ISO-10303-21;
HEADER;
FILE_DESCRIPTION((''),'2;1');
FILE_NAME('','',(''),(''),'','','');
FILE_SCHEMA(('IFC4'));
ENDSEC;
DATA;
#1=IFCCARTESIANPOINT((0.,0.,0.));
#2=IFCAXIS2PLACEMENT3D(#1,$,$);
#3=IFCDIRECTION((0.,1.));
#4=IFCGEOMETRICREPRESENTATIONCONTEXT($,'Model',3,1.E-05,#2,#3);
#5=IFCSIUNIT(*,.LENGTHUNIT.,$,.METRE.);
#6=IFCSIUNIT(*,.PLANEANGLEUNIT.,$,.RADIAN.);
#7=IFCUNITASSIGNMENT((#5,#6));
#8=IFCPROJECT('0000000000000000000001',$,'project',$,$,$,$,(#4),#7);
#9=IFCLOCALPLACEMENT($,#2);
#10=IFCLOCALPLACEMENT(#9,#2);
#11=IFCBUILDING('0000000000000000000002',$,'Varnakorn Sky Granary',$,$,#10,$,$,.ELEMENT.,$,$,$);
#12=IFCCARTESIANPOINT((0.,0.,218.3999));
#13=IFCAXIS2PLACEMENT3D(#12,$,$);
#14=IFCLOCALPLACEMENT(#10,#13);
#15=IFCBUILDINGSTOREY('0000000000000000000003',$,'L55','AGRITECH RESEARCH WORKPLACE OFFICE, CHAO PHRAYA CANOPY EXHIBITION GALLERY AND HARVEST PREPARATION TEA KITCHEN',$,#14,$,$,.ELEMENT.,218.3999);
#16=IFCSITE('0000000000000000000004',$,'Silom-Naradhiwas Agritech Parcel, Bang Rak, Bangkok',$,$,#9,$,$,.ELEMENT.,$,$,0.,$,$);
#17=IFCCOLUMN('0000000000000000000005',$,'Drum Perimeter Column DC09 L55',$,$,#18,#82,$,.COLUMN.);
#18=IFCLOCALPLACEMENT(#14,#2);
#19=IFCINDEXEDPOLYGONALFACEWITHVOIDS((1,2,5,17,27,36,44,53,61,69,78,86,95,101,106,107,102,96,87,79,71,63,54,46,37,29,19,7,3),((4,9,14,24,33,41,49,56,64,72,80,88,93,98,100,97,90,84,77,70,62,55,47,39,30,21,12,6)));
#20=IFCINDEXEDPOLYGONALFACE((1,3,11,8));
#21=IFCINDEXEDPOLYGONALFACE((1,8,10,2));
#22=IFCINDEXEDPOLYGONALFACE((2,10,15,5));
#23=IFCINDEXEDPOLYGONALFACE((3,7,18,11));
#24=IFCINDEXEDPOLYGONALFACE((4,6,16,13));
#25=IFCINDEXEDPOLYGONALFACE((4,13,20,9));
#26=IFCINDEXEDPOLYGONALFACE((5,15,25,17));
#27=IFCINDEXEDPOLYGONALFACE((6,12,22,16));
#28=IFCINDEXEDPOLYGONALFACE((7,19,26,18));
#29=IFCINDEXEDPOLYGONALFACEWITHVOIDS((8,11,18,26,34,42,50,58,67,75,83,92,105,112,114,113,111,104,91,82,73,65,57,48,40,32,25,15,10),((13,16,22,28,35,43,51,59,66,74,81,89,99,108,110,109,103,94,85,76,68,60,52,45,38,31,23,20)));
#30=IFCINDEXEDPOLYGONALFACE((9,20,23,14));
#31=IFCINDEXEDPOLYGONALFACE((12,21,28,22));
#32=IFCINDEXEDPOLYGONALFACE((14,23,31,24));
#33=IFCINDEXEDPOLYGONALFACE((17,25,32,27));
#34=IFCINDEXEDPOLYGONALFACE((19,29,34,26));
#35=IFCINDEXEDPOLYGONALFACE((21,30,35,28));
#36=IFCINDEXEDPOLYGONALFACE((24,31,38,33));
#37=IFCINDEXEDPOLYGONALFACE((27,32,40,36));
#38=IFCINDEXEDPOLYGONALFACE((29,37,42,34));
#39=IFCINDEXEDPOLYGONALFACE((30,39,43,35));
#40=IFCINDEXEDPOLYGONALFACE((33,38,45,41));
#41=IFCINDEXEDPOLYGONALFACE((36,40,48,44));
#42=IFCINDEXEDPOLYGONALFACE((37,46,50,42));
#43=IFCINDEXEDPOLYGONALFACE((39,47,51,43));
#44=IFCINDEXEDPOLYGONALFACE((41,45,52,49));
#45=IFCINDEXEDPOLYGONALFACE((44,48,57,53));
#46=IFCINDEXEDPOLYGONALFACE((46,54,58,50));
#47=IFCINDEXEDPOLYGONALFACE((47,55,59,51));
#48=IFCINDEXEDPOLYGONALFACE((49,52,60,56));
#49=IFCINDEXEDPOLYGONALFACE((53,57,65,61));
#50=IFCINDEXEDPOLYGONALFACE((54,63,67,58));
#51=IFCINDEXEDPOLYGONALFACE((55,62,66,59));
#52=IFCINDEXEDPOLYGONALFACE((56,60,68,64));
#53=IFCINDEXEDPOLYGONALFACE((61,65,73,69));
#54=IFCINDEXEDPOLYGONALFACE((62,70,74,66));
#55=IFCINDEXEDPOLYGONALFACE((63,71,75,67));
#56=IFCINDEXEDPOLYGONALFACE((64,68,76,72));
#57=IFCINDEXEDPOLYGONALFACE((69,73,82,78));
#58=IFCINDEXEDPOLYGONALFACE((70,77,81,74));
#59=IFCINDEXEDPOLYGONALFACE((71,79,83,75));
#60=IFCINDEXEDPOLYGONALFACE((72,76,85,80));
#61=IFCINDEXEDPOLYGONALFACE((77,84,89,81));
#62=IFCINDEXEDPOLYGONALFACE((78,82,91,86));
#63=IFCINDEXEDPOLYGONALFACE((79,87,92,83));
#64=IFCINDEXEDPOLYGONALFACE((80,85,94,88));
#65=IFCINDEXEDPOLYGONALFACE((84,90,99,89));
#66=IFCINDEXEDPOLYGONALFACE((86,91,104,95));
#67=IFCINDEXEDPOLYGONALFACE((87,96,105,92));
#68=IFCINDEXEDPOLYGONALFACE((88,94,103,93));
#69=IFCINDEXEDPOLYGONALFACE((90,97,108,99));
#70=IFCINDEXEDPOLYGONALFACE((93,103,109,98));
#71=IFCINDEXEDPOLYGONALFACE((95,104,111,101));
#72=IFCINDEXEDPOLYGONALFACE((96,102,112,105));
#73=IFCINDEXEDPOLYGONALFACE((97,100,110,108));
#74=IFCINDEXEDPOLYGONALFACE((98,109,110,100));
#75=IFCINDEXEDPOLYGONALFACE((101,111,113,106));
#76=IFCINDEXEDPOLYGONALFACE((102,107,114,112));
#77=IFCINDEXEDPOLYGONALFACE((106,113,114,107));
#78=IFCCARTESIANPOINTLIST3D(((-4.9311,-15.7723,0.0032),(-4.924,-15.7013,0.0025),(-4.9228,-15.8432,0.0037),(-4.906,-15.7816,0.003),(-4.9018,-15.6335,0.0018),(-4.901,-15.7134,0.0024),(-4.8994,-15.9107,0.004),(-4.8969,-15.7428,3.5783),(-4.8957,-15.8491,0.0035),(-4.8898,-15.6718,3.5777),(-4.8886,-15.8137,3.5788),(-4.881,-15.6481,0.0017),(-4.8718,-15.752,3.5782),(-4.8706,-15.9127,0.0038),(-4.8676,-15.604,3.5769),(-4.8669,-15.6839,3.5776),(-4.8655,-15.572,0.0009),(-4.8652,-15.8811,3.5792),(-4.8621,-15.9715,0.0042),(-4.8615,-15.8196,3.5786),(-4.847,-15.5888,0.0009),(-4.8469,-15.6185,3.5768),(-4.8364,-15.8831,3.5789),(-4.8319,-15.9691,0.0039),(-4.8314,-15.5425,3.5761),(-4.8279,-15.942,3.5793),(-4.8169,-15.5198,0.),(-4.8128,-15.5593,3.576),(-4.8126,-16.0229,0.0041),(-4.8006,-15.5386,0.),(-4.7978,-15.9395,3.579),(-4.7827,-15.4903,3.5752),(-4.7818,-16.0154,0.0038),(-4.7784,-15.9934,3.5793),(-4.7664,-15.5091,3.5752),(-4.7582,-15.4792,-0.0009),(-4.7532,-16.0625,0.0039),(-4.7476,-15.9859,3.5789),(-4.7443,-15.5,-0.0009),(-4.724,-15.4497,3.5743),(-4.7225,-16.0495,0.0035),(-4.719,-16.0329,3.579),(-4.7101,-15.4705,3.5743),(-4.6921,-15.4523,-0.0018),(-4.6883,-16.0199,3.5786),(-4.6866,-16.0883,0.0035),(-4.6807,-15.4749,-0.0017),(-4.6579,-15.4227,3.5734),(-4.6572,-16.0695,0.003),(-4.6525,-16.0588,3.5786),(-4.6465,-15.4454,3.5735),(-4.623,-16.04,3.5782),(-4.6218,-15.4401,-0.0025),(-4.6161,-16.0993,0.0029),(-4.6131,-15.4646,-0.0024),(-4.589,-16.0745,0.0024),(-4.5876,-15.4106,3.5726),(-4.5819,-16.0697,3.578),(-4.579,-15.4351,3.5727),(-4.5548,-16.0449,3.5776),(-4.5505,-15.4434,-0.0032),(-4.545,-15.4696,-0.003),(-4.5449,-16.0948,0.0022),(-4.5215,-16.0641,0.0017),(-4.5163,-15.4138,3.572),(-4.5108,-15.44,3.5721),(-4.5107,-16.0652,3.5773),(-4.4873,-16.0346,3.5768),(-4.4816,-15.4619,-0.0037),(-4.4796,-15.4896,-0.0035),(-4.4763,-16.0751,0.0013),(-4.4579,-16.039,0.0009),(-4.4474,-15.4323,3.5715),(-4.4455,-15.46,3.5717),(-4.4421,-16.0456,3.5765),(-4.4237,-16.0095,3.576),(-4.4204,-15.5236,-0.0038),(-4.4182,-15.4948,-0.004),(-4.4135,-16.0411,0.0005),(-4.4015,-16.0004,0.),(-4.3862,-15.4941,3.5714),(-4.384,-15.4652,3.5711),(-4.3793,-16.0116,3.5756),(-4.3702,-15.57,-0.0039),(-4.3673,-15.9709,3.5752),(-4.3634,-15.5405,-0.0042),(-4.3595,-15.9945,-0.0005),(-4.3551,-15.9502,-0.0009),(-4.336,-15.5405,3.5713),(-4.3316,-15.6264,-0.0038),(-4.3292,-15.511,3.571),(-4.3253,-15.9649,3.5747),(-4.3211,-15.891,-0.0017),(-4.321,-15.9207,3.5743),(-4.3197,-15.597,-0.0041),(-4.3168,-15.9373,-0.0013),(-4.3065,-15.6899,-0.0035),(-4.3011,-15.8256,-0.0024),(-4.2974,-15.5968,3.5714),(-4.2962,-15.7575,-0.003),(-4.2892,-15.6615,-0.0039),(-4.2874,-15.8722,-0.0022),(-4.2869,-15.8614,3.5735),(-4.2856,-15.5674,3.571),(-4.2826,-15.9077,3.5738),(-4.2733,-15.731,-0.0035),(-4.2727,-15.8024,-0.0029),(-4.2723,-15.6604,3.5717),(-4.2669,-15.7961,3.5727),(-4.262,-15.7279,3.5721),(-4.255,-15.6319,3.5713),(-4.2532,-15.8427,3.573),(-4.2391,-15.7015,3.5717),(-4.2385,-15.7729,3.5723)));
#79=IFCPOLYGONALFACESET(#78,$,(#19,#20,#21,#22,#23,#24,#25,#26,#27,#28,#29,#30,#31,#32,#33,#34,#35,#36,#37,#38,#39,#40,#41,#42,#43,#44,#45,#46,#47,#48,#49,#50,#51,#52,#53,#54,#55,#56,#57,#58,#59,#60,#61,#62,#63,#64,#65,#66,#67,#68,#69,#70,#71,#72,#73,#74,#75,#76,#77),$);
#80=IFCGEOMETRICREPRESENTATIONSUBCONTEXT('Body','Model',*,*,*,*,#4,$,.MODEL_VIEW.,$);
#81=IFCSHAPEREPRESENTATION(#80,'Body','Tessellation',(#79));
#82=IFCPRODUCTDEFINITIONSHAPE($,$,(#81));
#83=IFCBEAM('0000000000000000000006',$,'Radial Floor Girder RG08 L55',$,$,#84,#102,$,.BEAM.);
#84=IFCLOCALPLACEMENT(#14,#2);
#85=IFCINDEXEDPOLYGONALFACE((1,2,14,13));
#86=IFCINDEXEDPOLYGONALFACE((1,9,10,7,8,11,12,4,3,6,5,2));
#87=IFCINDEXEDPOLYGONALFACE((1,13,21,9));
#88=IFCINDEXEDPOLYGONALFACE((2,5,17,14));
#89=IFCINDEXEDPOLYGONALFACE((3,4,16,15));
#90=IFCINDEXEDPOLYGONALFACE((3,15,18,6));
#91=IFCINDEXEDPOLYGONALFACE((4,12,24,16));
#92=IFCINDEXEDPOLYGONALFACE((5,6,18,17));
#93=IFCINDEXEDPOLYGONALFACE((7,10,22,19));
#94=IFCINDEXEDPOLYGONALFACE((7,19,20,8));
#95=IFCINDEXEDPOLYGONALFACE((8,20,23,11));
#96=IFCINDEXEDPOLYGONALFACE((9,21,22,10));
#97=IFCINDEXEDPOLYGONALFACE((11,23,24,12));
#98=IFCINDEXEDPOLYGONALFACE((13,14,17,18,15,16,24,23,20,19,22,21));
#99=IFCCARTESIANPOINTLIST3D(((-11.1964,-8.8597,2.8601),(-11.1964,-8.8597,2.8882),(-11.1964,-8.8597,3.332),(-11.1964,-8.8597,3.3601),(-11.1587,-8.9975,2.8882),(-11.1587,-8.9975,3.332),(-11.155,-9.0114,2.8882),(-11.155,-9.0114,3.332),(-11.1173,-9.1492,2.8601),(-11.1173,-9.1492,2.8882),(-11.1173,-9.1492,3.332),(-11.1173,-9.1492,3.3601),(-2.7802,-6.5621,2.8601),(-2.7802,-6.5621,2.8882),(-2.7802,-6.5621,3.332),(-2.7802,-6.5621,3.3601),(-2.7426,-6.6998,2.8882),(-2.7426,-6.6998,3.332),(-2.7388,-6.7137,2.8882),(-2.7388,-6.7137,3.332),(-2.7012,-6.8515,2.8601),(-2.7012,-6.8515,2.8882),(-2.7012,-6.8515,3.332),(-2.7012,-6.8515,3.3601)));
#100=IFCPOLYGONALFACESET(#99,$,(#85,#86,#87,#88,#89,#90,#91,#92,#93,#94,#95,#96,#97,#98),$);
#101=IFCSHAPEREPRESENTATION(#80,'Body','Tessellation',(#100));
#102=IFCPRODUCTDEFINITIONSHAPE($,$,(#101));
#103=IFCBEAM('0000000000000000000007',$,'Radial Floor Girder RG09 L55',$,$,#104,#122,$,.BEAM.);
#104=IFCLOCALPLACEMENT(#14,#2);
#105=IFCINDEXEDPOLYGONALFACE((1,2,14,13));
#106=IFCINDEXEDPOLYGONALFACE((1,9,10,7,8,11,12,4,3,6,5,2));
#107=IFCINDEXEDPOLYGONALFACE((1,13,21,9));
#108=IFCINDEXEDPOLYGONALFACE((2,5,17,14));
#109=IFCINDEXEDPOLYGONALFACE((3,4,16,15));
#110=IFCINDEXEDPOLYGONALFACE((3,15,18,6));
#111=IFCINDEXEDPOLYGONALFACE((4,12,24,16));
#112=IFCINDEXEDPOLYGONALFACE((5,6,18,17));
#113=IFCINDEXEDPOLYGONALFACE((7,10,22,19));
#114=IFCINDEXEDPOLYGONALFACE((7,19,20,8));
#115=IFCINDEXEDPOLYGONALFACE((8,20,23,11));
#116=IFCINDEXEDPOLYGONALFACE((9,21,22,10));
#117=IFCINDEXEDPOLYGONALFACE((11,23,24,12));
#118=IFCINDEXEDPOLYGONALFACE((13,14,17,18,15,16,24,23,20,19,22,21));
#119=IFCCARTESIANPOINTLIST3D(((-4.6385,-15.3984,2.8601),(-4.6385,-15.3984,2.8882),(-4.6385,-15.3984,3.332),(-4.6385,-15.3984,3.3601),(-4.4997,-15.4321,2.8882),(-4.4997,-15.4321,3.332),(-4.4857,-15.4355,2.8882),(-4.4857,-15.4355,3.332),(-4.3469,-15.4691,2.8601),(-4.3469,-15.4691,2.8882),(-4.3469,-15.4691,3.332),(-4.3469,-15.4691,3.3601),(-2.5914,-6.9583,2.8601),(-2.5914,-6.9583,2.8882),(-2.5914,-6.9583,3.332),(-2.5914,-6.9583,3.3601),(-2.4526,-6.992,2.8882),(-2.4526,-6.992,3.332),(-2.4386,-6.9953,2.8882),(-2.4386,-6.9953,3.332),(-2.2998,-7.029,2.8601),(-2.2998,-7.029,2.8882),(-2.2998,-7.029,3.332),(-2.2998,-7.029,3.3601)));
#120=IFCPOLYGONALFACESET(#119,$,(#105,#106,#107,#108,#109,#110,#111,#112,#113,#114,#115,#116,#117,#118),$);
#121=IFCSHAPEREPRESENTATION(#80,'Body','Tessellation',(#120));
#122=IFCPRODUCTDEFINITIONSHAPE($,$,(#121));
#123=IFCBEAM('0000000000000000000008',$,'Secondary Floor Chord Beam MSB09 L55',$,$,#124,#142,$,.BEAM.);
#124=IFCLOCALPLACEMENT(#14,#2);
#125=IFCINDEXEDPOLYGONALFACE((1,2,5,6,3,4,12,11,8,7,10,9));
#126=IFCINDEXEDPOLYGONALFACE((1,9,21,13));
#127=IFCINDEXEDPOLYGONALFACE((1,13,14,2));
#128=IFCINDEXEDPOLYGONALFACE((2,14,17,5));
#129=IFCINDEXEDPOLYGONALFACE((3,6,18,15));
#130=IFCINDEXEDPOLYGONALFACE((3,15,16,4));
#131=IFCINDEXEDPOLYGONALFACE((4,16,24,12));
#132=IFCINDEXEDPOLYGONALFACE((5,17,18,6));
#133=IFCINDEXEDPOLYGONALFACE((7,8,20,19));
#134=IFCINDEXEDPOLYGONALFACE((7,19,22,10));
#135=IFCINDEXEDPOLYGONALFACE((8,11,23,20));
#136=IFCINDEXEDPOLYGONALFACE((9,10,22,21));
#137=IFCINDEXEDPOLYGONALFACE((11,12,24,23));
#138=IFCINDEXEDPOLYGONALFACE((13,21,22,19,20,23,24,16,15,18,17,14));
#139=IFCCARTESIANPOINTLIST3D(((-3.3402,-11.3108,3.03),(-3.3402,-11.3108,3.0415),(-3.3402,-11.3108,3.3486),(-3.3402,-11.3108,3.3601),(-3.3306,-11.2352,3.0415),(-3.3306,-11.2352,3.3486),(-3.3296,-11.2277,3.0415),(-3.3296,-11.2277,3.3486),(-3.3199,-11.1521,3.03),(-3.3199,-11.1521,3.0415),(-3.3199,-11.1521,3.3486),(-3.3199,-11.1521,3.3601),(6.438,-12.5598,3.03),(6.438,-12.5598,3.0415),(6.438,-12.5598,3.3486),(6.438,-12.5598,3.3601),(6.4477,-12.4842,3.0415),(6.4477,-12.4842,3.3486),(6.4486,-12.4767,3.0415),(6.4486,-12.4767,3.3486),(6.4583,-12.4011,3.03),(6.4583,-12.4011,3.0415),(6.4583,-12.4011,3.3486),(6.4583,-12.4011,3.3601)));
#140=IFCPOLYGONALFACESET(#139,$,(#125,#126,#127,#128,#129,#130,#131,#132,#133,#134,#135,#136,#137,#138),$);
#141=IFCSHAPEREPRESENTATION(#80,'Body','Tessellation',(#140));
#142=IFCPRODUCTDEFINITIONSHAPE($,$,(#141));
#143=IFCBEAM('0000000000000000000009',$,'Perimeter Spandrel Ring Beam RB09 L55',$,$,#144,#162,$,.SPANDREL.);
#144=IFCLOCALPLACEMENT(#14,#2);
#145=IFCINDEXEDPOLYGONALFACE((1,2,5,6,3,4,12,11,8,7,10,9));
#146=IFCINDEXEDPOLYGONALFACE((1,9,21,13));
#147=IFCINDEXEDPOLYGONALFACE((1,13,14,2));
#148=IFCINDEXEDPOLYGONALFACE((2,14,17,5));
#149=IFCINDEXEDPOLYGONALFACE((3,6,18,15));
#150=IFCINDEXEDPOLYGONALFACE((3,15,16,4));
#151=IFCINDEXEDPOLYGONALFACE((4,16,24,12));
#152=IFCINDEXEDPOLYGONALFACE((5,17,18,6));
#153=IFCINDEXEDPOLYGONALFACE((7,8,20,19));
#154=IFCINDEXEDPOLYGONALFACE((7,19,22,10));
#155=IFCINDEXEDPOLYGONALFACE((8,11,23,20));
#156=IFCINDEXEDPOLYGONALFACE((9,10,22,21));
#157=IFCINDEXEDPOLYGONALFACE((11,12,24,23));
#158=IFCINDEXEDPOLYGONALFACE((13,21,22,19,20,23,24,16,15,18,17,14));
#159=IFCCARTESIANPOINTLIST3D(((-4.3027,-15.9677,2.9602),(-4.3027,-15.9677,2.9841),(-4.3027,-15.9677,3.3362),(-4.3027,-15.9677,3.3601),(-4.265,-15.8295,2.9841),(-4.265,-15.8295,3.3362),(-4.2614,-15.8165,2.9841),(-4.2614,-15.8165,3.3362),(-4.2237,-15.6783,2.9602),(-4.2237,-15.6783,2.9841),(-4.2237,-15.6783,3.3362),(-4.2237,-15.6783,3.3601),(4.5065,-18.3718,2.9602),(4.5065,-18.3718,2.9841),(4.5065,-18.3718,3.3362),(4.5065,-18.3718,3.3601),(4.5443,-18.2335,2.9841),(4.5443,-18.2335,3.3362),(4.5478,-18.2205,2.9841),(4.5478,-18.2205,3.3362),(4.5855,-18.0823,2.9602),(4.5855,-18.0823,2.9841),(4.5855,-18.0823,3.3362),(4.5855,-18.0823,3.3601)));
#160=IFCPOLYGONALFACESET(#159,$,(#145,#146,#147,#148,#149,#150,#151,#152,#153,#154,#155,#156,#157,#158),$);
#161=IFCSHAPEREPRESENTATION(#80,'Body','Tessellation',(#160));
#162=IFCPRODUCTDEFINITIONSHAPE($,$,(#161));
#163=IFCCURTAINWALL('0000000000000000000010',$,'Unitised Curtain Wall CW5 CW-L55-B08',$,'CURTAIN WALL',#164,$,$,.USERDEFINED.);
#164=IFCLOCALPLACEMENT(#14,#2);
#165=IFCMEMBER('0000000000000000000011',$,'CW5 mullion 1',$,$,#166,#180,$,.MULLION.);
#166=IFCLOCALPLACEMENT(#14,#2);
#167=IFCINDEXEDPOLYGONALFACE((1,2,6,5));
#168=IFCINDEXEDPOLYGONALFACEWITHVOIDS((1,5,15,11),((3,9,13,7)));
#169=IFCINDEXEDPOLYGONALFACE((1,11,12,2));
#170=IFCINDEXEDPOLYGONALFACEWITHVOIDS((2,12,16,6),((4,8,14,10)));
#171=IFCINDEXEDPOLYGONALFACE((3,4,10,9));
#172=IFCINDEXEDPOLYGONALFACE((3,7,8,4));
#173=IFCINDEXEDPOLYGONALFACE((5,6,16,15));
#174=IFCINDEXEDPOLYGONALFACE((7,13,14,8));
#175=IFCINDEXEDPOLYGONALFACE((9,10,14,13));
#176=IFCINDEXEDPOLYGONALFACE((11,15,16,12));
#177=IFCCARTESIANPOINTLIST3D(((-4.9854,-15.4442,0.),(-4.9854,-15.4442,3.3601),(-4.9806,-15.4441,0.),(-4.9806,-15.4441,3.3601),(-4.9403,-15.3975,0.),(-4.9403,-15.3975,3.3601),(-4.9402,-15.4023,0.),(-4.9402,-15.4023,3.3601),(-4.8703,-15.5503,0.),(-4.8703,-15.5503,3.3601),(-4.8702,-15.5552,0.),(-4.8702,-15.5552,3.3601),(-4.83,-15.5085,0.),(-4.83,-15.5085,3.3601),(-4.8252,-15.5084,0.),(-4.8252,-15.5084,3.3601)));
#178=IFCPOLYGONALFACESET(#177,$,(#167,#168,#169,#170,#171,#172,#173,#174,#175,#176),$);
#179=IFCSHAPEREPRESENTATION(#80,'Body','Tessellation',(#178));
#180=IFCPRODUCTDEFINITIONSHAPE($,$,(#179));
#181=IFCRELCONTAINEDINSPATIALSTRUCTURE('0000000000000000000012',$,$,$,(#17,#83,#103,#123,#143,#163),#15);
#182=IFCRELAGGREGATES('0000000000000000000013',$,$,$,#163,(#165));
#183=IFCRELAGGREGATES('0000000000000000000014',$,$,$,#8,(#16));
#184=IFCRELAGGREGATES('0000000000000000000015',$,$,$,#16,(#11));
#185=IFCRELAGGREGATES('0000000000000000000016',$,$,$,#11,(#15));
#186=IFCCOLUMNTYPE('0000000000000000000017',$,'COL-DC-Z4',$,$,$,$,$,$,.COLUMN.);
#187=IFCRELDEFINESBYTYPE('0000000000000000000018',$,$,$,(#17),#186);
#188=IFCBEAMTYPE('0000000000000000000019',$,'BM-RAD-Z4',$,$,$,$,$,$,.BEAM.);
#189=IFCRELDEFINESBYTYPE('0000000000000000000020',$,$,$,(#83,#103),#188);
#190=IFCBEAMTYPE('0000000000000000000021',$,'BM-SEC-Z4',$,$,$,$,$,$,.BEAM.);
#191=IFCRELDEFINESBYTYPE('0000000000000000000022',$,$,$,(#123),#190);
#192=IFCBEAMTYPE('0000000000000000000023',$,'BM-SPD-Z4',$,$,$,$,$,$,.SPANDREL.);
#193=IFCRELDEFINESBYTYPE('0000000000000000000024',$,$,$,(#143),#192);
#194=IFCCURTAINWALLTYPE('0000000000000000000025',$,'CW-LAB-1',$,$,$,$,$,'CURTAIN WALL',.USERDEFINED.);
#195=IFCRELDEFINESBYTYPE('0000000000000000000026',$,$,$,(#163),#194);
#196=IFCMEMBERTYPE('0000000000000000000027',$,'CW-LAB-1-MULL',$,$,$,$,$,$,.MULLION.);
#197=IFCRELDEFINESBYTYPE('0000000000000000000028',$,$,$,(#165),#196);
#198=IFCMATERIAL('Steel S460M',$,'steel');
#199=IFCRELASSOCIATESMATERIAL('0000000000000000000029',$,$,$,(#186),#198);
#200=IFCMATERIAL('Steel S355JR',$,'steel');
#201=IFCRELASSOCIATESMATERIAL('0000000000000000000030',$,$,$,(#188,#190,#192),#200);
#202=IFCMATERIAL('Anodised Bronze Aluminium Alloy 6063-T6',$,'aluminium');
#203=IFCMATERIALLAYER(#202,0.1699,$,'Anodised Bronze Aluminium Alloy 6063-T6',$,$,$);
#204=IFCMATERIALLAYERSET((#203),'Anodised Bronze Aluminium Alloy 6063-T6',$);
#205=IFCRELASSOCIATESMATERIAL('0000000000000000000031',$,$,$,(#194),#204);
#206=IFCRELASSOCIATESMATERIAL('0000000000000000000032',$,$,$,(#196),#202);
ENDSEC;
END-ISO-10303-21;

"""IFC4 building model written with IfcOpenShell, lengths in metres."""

from ifc_helpers import new_model, si_unit, direction, frame, origin, origin_2d, place, context, subcontext, project, spatial, hollow_rectangle, hollow_circle, i_section, extrude, material, layer, layer_set, material_profile, profile_set, type_object, element, aggregate, save


model = new_model("IFC4")

# Units and contexts
model_context = context("Model", 3, precision=1e-05, world=origin(), true_north=direction((0.0, 1.0)))
body_context = subcontext(model_context, "Body", "Model", "MODEL_VIEW")
ifc_project = project(units=[si_unit("LENGTHUNIT", "METRE"), si_unit("PLANEANGLEUNIT", "RADIAN")], contexts=[model_context])

# Site, building, storey
site_placement = place(None, origin())
site = spatial("IfcSite", under=ifc_project, at=site_placement, Name="Silom-Naradhiwas Agritech Parcel, Bang Rak, Bangkok", CompositionType="ELEMENT", RefElevation=0.0)
building_placement = place(site_placement, origin())
building = spatial("IfcBuilding", under=site, at=building_placement, Name="Varnakorn Sky Granary", CompositionType="ELEMENT")
storey_placement = place(building_placement, frame((0.0, 0.0, 218.3999)))
storey = spatial("IfcBuildingStorey", under=building, at=storey_placement, Name="L55", Description="AGRITECH RESEARCH WORKPLACE OFFICE, CHAO PHRAYA CANOPY EXHIBITION GALLERY AND HARVEST PREPARATION TEA KITCHEN", CompositionType="ELEMENT", Elevation=218.3999)

# Column
ifc_material_1 = material(Name="Steel S460M", Category="steel")
ifc_material_profile_1 = material_profile(ifc_material_1, hollow_circle(Radius=0.3301, WallThickness=0.0249, at=origin_2d()), Name="CHS 660x25")
ifc_profile_set_1 = profile_set([ifc_material_profile_1], Name="Steel S460M")
column_type = type_object("IfcColumnType", Name="COL-DC-Z4", PredefinedType="COLUMN", material=ifc_profile_set_1)
column_placement = place(storey_placement, frame((-4.6011, -15.7695, 0.0), z_axis=(0.009559, 0.008262, 0.99992), x_axis=(-0.653901, 0.75658, 0.0)))
element("IfcColumn", 1, at=column_placement, inside=storey, type_object=column_type, Name="Drum Perimeter Column DC09 L55", PredefinedType="COLUMN", context=body_context, shape_type="SweptSolid", body=[
    extrude(hollow_circle(Radius=0.3301, WallThickness=0.0249, at=origin_2d()), origin(), (0.0, 0.0, 1.0), 3.5754),
])

# Beams
ifc_material_2 = material(Name="Steel S355JR", Category="steel")
ifc_material_profile_2 = material_profile(ifc_material_2, i_section(OverallWidth=0.3, OverallDepth=0.5, WebThickness=0.0144, FlangeThickness=0.0281, at=origin_2d()), Name="HE 500 B")
ifc_profile_set_2 = profile_set([ifc_material_profile_2], Name="Steel S355JR")
beam_type_1 = type_object("IfcBeamType", Name="BM-RAD-Z4", PredefinedType="BEAM", material=ifc_profile_set_2)
beam_1_placement = place(storey_placement, frame((-2.7407, -6.7068, 3.1101), z_axis=(-0.964696, -0.263366, 0.0), x_axis=(0.263366, -0.964696, 0.0)))
element("IfcBeam", 2, at=beam_1_placement, inside=storey, type_object=beam_type_1, Name="Radial Floor Girder RG08 L55", PredefinedType="BEAM", context=body_context, shape_type="SweptSolid", body=[
    extrude(i_section(OverallWidth=0.3, OverallDepth=0.5, WebThickness=0.0144, FlangeThickness=0.0281, at=origin_2d()), origin(), (0.0, 0.0, 1.0), 8.7241),
])
beam_2_placement = place(storey_placement, frame((-2.4456, -6.9937, 3.1101), z_axis=(-0.23571, -0.971823, 0.0), x_axis=(0.971823, -0.23571, 0.0)))
element("IfcBeam", 3, at=beam_2_placement, inside=storey, type_object=beam_type_1, Name="Radial Floor Girder RG09 L55", PredefinedType="BEAM", context=body_context, shape_type="SweptSolid", body=[
    extrude(i_section(OverallWidth=0.3, OverallDepth=0.5, WebThickness=0.0144, FlangeThickness=0.0281, at=origin_2d()), origin(), (0.0, 0.0, 1.0), 8.6848),
])
ifc_material_profile_3 = material_profile(ifc_material_2, i_section(OverallWidth=0.1599, OverallDepth=0.3301, WebThickness=0.0076, FlangeThickness=0.0115, at=origin_2d()), Name="IPE 330")
ifc_profile_set_3 = profile_set([ifc_material_profile_3], Name="Steel S355JR")
beam_type_2 = type_object("IfcBeamType", Name="BM-SEC-Z4", PredefinedType="BEAM", material=ifc_profile_set_3)
beam_3_placement = place(storey_placement, frame((-3.3301, -11.2314, 3.1951), z_axis=(0.991941, -0.126704, 0.0), x_axis=(0.126704, 0.991941, 0.0)))
element("IfcBeam", 4, at=beam_3_placement, inside=storey, type_object=beam_type_2, Name="Secondary Floor Chord Beam MSB09 L55", PredefinedType="BEAM", context=body_context, shape_type="SweptSolid", body=[
    extrude(i_section(OverallWidth=0.1599, OverallDepth=0.3301, WebThickness=0.0076, FlangeThickness=0.0115, at=origin_2d()), origin(), (0.0, 0.0, 1.0), 9.8577),
])
ifc_material_profile_4 = material_profile(ifc_material_2, i_section(OverallWidth=0.3, OverallDepth=0.3999, WebThickness=0.0134, FlangeThickness=0.0239, at=origin_2d()), Name="HE 400 B")
ifc_profile_set_4 = profile_set([ifc_material_profile_4], Name="Steel S355JR")
beam_type_3 = type_object("IfcBeamType", Name="BM-SPD-Z4", PredefinedType="SPANDREL", material=ifc_profile_set_4)
beam_4_placement = place(storey_placement, frame((-4.2632, -15.823, 3.1602), z_axis=(0.964722, -0.263271, 0.0), x_axis=(0.263271, 0.964722, 0.0)))
element("IfcBeam", 5, at=beam_4_placement, inside=storey, type_object=beam_type_3, Name="Perimeter Spandrel Ring Beam RB09 L55", PredefinedType="SPANDREL", context=body_context, shape_type="SweptSolid", body=[
    extrude(i_section(OverallWidth=0.3, OverallDepth=0.3999, WebThickness=0.0134, FlangeThickness=0.0239, at=origin_2d()), origin(), (0.0, 0.0, 1.0), 9.1313),
])

# Curtain wall, member
ifc_material_3 = material(Name="Anodised Bronze Aluminium Alloy 6063-T6", Category="aluminium")
ifc_layer_1 = layer(ifc_material_3, 0.1699, Name="Anodised Bronze Aluminium Alloy 6063-T6")
ifc_layer_set_1 = layer_set([ifc_layer_1], Name="Anodised Bronze Aluminium Alloy 6063-T6")
curtain_wall_type = type_object("IfcCurtainWallType", Name="CW-LAB-1", ElementType="CURTAIN WALL", PredefinedType="USERDEFINED", material=ifc_layer_set_1)
curtain_wall_placement = place(storey_placement, origin())
curtain_wall = element("IfcCurtainWall", 6, at=curtain_wall_placement, inside=storey, type_object=curtain_wall_type, Name="Unitised Curtain Wall CW5 CW-L55-B08", ObjectType="CURTAIN WALL", PredefinedType="USERDEFINED")
ifc_material_profile_5 = material_profile(ifc_material_3, hollow_rectangle(XDim=0.0649, YDim=0.1599, WallThickness=0.0034, at=origin_2d()), Name="ALU MULL 65x160")
ifc_profile_set_5 = profile_set([ifc_material_profile_5], Name="Anodised Bronze Aluminium Alloy 6063-T6")
member_type_1 = type_object("IfcMemberType", Name="CW-LAB-1-MULL", PredefinedType="MULLION", material=ifc_profile_set_5)
member_1_placement = place(storey_placement, frame((-4.9053, -15.4763, 0.0), z_axis=(0.0, 0.0, 1.0), x_axis=(-0.693785, -0.720182, 0.0)))
member_1 = element("IfcMember", 7, at=member_1_placement, type_object=member_type_1, Name="CW5 mullion 1", PredefinedType="MULLION", context=body_context, shape_type="SweptSolid", body=[
    extrude(hollow_rectangle(XDim=0.0649, YDim=0.1599, WallThickness=0.0034, at=origin_2d()), origin(), (0.0, 0.0, 1.0), 3.3601),
])

aggregate(curtain_wall, [member_1])

save(model, "model.ifc")
